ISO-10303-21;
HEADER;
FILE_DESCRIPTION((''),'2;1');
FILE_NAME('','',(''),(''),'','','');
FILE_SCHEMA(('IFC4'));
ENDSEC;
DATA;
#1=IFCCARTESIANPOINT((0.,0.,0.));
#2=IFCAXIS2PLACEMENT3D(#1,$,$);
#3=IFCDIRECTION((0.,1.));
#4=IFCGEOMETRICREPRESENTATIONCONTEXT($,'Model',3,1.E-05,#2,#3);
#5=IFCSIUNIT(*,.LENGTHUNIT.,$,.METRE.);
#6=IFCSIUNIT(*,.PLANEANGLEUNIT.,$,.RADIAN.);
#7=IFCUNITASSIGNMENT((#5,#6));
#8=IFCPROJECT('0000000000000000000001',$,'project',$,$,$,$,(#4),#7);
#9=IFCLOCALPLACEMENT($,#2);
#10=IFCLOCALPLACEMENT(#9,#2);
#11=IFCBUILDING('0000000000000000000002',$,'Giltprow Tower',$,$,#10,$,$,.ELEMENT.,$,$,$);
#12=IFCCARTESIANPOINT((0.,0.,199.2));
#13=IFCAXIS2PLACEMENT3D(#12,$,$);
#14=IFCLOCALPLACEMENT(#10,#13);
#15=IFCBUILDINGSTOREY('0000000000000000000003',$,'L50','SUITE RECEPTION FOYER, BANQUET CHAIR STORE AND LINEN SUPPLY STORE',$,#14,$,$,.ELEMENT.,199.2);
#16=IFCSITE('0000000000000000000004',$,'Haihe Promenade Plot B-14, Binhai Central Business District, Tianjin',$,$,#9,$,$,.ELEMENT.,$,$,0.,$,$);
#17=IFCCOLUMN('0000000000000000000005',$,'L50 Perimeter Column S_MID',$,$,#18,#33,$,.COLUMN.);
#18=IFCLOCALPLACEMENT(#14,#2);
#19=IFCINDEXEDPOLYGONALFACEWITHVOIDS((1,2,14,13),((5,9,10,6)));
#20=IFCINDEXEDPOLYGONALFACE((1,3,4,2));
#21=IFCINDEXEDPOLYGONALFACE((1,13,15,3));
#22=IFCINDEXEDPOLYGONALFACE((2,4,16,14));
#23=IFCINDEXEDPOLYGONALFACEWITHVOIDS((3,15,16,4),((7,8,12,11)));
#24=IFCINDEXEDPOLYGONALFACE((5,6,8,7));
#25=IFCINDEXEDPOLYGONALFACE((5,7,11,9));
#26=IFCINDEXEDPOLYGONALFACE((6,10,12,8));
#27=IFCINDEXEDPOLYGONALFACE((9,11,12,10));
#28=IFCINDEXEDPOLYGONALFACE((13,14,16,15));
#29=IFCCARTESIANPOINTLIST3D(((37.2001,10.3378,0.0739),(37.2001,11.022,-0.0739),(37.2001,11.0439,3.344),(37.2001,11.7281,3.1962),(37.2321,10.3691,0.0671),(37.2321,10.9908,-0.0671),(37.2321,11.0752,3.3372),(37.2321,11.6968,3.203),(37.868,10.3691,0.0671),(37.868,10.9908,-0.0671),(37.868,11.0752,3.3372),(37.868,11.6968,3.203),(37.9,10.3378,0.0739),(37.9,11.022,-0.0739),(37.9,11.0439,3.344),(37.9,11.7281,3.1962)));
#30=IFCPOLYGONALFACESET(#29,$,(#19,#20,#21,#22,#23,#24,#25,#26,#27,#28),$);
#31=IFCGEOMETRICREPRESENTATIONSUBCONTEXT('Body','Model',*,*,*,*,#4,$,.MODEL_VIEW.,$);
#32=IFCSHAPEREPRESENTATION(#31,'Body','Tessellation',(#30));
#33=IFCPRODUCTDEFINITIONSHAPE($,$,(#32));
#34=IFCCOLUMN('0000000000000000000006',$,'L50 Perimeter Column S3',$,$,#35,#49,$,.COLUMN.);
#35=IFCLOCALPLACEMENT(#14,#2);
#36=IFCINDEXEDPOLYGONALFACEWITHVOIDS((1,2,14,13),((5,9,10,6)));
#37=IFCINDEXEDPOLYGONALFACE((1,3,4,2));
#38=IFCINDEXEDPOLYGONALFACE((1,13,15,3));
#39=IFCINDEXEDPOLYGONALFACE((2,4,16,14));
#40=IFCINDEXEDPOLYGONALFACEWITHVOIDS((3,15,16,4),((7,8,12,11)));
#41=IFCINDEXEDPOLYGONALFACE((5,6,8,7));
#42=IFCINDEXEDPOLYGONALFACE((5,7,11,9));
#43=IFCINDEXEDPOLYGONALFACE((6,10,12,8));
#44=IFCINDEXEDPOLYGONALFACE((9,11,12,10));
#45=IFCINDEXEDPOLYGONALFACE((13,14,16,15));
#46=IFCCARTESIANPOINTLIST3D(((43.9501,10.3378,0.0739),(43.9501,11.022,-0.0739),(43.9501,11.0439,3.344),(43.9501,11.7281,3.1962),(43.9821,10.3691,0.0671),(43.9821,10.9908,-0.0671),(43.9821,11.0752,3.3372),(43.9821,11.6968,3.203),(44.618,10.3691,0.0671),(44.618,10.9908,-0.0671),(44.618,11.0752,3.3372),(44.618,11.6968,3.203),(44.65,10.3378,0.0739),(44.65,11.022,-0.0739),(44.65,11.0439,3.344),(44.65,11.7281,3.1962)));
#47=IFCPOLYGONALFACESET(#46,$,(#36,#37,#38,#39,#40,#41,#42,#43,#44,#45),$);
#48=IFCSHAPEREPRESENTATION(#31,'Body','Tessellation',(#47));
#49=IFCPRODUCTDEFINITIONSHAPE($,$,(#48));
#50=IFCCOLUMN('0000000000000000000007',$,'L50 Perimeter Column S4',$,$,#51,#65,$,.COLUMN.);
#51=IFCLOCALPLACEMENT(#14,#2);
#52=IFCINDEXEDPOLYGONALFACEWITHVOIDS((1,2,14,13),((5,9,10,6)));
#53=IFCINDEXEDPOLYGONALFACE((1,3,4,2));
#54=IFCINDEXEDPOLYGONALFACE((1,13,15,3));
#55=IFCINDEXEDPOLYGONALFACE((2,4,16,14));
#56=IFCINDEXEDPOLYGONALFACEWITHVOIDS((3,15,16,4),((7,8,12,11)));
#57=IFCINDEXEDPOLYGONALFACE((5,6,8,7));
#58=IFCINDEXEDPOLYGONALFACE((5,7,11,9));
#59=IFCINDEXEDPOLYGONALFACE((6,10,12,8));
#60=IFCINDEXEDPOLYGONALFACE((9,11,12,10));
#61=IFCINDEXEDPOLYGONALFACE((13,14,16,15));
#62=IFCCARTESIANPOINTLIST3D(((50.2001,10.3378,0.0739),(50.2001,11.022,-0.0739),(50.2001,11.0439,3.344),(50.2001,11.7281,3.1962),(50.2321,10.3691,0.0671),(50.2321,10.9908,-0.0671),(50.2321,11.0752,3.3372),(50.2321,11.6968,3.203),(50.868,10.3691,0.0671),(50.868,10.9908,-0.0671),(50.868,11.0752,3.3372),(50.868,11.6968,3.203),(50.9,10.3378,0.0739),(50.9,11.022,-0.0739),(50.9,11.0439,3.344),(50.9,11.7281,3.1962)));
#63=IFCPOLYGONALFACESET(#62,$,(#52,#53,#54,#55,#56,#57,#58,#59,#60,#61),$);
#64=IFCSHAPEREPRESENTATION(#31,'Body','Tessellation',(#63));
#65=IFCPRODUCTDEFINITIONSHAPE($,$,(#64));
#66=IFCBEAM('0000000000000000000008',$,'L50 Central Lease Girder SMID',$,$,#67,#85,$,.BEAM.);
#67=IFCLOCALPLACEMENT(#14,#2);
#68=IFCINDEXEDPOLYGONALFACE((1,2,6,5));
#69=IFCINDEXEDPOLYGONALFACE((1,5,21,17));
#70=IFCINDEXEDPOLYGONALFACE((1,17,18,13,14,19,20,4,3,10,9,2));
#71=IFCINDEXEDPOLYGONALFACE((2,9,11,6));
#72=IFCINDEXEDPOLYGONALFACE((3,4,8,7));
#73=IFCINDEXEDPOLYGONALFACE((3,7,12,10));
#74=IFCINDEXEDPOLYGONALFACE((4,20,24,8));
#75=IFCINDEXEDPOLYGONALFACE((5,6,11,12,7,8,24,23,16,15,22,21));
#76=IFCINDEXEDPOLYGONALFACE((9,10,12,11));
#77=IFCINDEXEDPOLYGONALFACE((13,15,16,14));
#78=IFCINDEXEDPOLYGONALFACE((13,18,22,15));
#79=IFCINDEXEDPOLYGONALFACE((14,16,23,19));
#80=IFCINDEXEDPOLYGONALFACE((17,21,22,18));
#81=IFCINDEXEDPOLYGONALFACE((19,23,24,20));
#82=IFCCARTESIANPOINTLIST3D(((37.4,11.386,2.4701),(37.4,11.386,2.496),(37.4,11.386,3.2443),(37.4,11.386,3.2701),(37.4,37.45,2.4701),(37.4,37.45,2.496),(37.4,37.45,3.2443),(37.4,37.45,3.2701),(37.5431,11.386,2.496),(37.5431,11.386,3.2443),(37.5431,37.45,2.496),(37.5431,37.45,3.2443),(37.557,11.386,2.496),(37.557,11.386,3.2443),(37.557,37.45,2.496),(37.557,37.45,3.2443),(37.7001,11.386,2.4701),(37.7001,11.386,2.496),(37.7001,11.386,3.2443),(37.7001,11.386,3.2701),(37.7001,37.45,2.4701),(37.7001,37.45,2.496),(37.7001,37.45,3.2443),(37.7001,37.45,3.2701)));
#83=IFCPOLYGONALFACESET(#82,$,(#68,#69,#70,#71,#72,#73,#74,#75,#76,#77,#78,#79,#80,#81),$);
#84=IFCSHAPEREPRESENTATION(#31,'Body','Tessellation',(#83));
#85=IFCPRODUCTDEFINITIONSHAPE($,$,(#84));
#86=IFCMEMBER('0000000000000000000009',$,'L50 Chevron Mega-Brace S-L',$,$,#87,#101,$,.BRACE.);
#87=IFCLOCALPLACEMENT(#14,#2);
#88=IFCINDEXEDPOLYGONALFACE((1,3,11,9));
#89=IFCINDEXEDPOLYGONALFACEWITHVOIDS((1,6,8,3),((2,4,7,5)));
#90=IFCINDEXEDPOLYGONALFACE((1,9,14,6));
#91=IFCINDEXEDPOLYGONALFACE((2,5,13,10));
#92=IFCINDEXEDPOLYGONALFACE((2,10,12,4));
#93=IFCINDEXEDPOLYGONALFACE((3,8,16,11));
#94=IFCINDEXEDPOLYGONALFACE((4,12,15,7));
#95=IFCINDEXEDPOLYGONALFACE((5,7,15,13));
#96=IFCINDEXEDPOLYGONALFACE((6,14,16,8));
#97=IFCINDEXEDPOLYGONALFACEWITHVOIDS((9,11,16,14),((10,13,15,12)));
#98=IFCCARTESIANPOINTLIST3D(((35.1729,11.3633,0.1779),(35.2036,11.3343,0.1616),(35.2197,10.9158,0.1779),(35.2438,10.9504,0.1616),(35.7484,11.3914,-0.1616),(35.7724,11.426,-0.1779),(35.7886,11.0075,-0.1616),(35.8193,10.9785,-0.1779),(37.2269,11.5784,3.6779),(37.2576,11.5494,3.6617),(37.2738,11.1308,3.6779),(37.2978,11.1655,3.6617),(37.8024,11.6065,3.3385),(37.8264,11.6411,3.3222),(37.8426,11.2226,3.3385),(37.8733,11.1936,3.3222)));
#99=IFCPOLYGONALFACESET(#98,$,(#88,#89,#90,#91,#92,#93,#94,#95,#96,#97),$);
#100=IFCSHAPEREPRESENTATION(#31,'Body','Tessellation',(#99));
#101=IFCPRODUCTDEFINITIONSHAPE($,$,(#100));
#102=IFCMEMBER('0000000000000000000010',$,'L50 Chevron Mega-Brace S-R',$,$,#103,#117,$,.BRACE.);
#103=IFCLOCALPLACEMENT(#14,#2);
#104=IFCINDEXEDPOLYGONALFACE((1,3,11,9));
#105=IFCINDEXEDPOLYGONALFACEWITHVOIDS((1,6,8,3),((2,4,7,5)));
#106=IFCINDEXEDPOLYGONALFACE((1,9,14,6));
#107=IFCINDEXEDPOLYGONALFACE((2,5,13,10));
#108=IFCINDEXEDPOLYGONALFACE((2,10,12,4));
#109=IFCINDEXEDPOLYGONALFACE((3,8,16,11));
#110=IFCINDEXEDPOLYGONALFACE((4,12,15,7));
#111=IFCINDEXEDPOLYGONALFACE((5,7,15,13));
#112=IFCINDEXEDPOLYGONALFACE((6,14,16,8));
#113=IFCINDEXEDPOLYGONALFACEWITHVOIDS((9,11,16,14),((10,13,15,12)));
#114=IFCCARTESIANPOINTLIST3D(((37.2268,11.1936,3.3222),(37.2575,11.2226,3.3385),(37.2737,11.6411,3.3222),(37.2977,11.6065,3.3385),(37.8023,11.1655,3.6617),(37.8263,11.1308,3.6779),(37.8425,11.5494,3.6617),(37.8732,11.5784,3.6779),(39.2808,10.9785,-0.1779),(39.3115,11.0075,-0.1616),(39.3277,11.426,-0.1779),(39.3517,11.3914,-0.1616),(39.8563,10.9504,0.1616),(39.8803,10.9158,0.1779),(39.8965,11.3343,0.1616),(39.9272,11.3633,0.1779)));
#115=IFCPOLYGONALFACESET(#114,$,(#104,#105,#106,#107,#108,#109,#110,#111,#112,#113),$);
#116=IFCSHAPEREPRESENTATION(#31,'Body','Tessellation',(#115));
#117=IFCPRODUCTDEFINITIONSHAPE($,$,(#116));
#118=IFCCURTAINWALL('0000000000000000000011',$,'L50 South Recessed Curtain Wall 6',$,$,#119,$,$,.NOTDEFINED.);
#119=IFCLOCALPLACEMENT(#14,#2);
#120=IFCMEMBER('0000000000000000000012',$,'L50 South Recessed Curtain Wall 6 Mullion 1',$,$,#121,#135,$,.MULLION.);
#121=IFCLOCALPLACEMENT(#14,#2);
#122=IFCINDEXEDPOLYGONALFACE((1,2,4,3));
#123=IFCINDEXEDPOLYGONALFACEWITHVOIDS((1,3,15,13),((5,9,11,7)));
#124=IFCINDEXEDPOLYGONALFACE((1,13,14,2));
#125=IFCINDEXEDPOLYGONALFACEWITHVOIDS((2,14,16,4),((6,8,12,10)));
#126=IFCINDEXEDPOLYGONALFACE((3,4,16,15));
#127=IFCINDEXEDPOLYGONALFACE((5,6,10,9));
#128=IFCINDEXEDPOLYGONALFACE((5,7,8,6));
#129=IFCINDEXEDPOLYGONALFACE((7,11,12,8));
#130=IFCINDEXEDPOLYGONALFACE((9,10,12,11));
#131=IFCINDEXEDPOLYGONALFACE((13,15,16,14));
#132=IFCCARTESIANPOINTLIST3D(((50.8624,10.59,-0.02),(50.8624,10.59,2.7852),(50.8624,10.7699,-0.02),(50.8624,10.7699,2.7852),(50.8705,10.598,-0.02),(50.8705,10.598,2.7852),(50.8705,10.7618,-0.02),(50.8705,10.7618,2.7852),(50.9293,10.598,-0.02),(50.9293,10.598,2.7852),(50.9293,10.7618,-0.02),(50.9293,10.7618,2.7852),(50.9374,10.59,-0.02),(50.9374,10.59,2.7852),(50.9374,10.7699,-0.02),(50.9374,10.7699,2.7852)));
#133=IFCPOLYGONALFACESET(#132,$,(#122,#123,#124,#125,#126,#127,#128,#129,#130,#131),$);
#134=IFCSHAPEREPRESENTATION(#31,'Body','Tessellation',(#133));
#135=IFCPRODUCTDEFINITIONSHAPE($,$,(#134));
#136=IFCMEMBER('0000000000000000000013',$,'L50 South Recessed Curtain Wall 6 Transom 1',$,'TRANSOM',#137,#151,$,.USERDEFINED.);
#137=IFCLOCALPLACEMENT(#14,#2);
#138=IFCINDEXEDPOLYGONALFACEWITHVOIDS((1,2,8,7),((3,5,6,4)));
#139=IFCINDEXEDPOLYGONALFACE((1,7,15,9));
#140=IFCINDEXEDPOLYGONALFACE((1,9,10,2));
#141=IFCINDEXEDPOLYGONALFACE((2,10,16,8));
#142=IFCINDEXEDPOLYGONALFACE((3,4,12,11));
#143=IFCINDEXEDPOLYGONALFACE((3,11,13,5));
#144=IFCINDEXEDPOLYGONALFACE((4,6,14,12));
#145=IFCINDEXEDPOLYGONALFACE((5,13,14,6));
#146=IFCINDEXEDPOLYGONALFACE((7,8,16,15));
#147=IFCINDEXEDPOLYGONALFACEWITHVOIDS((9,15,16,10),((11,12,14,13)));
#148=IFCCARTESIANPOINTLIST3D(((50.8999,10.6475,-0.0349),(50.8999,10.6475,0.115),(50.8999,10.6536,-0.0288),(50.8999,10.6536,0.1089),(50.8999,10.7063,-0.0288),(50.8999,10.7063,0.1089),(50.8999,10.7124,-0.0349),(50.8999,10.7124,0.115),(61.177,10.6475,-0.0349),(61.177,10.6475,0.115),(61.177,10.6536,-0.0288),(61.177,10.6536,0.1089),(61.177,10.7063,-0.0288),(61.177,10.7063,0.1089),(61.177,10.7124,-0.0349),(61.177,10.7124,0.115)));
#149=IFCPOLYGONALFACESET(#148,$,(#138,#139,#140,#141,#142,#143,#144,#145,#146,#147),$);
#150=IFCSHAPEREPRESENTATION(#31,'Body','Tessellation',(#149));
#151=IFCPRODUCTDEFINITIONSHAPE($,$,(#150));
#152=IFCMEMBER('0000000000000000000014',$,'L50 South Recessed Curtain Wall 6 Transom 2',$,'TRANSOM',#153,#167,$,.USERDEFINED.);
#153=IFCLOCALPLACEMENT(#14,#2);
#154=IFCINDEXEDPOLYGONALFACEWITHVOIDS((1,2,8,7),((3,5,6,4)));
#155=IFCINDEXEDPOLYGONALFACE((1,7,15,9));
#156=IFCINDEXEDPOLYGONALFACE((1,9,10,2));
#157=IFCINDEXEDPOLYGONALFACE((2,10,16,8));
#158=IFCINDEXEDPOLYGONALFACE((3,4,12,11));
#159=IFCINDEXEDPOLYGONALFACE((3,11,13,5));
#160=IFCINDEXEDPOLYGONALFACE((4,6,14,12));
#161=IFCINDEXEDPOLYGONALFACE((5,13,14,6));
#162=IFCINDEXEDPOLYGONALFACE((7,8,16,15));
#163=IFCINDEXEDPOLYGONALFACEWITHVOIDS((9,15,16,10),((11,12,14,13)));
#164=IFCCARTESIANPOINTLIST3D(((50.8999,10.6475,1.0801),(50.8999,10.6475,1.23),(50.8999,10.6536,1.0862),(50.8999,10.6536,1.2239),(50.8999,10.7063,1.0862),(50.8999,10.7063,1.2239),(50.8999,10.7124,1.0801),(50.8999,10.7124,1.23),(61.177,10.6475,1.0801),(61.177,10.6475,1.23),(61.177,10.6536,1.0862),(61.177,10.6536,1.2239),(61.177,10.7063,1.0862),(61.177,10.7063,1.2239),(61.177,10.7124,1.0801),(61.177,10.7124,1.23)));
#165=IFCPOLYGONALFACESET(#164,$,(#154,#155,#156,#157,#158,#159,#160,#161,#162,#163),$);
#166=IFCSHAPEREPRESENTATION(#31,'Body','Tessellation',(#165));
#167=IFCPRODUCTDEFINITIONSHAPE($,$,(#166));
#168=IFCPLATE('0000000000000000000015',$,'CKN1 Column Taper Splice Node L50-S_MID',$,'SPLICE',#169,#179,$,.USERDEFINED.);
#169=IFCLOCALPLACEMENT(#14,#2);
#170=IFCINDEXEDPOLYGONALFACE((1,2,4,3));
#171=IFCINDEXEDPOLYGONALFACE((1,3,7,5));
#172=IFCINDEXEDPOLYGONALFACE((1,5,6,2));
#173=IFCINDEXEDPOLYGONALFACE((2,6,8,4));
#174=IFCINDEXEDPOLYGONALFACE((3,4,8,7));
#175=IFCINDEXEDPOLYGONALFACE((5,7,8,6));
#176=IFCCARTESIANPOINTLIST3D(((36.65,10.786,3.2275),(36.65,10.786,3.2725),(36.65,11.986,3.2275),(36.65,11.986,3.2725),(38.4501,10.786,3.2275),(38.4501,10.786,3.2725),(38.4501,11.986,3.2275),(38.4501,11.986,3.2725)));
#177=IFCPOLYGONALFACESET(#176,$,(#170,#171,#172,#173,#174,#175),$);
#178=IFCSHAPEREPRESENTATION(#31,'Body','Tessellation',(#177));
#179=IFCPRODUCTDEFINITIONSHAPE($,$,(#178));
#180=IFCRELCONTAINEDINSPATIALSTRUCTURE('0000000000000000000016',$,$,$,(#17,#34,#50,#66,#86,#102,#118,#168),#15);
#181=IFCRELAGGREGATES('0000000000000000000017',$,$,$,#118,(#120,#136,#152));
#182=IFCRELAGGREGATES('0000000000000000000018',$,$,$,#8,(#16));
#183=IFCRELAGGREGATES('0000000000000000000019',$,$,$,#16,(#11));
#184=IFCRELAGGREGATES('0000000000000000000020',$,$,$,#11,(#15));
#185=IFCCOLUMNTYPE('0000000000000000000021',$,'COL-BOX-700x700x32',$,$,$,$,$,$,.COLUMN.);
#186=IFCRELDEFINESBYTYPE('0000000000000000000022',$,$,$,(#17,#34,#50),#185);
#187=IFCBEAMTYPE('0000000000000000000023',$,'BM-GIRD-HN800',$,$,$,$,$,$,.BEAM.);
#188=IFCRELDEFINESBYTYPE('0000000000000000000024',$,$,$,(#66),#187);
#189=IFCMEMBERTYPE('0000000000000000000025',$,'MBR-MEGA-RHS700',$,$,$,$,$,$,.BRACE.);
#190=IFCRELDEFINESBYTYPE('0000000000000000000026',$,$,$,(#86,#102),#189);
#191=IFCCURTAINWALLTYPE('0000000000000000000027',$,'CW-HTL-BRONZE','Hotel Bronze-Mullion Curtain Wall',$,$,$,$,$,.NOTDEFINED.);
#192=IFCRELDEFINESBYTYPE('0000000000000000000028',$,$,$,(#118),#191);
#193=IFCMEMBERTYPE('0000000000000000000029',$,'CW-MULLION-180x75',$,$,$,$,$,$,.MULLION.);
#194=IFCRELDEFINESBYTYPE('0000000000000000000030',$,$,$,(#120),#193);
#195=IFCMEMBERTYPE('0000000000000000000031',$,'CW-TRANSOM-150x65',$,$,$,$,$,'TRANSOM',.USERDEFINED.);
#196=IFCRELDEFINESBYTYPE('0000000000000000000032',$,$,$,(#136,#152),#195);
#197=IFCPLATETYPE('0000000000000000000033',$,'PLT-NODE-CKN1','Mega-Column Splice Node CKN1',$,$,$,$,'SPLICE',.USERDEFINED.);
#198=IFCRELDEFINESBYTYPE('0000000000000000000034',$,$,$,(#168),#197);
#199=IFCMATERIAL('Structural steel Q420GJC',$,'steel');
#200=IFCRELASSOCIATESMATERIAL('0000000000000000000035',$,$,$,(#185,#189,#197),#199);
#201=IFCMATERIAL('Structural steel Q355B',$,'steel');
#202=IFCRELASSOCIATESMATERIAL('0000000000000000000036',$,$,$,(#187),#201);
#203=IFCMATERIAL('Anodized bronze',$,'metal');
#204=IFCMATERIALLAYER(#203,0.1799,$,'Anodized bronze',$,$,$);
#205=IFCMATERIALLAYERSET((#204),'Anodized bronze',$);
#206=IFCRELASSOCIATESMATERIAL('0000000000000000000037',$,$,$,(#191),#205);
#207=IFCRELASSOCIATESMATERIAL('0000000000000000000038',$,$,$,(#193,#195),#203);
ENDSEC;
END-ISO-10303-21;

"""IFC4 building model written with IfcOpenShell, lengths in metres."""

from ifc_helpers import new_model, si_unit, direction, frame, origin, origin_2d, place, context, subcontext, project, spatial, rectangle, hollow_rectangle, i_section, extrude, source, transform, mapped, material, layer, layer_set, material_profile, profile_set, type_object, element, aggregate, save


model = new_model("IFC4")

# Units and contexts
model_context = context("Model", 3, precision=1e-05, world=origin(), true_north=direction((0.0, 1.0)))
body_context = subcontext(model_context, "Body", "Model", "MODEL_VIEW")
ifc_project = project(units=[si_unit("LENGTHUNIT", "METRE"), si_unit("PLANEANGLEUNIT", "RADIAN")], contexts=[model_context])

# Site, building, storey
site_placement = place(None, origin())
site = spatial("IfcSite", under=ifc_project, at=site_placement, Name="Haihe Promenade Plot B-14, Binhai Central Business District, Tianjin", CompositionType="ELEMENT", RefElevation=0.0)
building_placement = place(site_placement, origin())
building = spatial("IfcBuilding", under=site, at=building_placement, Name="Giltprow Tower", CompositionType="ELEMENT")
storey_placement = place(building_placement, frame((0.0, 0.0, 199.2)))
storey = spatial("IfcBuildingStorey", under=building, at=storey_placement, Name="L50", Description="SUITE RECEPTION FOYER, BANQUET CHAIR STORE AND LINEN SUPPLY STORE", CompositionType="ELEMENT", Elevation=199.2)

# Columns
ifc_material_1 = material(Name="Structural steel Q420GJC", Category="steel")
ifc_material_profile_1 = material_profile(ifc_material_1, hollow_rectangle(XDim=0.7, YDim=0.7, WallThickness=0.032, at=origin_2d()), Name="BOX 700x700x32")
ifc_profile_set_1 = profile_set([ifc_material_profile_1], Name="Structural steel Q420GJC")
column_type = type_object("IfcColumnType", Name="COL-BOX-700x700x32", PredefinedType="COLUMN", material=ifc_profile_set_1)
shared_shape_1 = source(origin(), body_context, "Body", "SweptSolid", [
    extrude(hollow_rectangle(XDim=0.7, YDim=0.7, WallThickness=0.032, at=origin_2d()), origin(), (0.0, 0.0, 1.0), 3.3455),
])
for number, where, z_axis, x_axis, name in (
    (1, (37.55, 10.6799, 0.0), (0.0, 0.211054, 0.977474), (-1.0, 0.0, 0.0), "L50 Perimeter Column S_MID"),
    (2, (44.3, 10.6799, 0.0), (0.0, 0.211054, 0.977474), (-1.0, 0.0, 0.0), "L50 Perimeter Column S3"),
    (3, (50.55, 10.6799, 0.0), (0.0, 0.211054, 0.977474), (-1.0, 0.0, 0.0), "L50 Perimeter Column S4"),
):
    element("IfcColumn", number, at=place(storey_placement, frame(where, z_axis=z_axis, x_axis=x_axis)), inside=storey, type_object=column_type, Name=name, PredefinedType="COLUMN", context=body_context, shape_type="MappedRepresentation", body=[
        mapped(shared_shape_1, transform((0.0, 0.0, 0.0), x_axis=(1.0, 0.0, 0.0), y_axis=(0.0, 1.0, 0.0), z_axis=(0.0, 0.0, 1.0), scale=1.0)),
    ])

# Beam
ifc_material_2 = material(Name="Structural steel Q355B", Category="steel")
ifc_material_profile_2 = material_profile(ifc_material_2, i_section(OverallWidth=0.3, OverallDepth=0.8, WebThickness=0.0139, FlangeThickness=0.0259, at=origin_2d()), Name="HN 800x300x14x26")
ifc_profile_set_2 = profile_set([ifc_material_profile_2], Name="Structural steel Q355B")
beam_type = type_object("IfcBeamType", Name="BM-GIRD-HN800", PredefinedType="BEAM", material=ifc_profile_set_2)
shared_shape_2 = source(origin(), body_context, "Body", "SweptSolid", [
    extrude(i_section(OverallWidth=0.3, OverallDepth=0.8, WebThickness=0.0139, FlangeThickness=0.0259, at=origin_2d()), origin(), (0.0, 0.0, 1.0), 26.064),
])
beam_placement = place(storey_placement, frame((37.55, 11.386, 2.8701), z_axis=(0.0, 1.0, 0.0), x_axis=(-1.0, 0.0, 0.0)))
element("IfcBeam", 4, at=beam_placement, inside=storey, type_object=beam_type, Name="L50 Central Lease Girder SMID", PredefinedType="BEAM", context=body_context, shape_type="MappedRepresentation", body=[
    mapped(shared_shape_2, transform((0.0, 0.0, 0.0), x_axis=(1.0, 0.0, 0.0), y_axis=(0.0, 1.0, 0.0), z_axis=(0.0, 0.0, 1.0), scale=1.0)),
])

# Members
ifc_material_profile_3 = material_profile(ifc_material_1, hollow_rectangle(XDim=0.45, YDim=0.7, WallThickness=0.032, at=origin_2d()), Name="RHS 700x450x32")
ifc_profile_set_3 = profile_set([ifc_material_profile_3], Name="Structural steel Q420GJC")
member_type_1 = type_object("IfcMemberType", Name="MBR-MEGA-RHS700", PredefinedType="BRACE", material=ifc_profile_set_3)
shared_shape_3 = source(origin(), body_context, "Body", "SweptSolid", [
    extrude(hollow_rectangle(XDim=0.45, YDim=0.7, WallThickness=0.032, at=origin_2d()), origin(), (0.0, 0.0, 1.0), 4.064),
])
for number, where, z_axis, x_axis, name in (
    (5, (35.4961, 11.1709, 0.0), (0.505419, 0.052927, 0.861249), (-0.104149, 0.994562, 0.0), "L50 Chevron Mega-Brace S-L"),
    (6, (39.604, 11.1709, 0.0), (-0.505419, 0.052927, 0.861249), (-0.104149, -0.994562, 0.0), "L50 Chevron Mega-Brace S-R"),
):
    element("IfcMember", number, at=place(storey_placement, frame(where, z_axis=z_axis, x_axis=x_axis)), inside=storey, type_object=member_type_1, Name=name, PredefinedType="BRACE", context=body_context, shape_type="MappedRepresentation", body=[
        mapped(shared_shape_3, transform((0.0, 0.0, 0.0), x_axis=(1.0, 0.0, 0.0), y_axis=(0.0, 1.0, 0.0), z_axis=(0.0, 0.0, 1.0), scale=1.0)),
    ])

# Curtain wall, members
ifc_material_3 = material(Name="Anodized bronze", Category="metal")
ifc_layer_1 = layer(ifc_material_3, 0.1799, Name="Anodized bronze")
ifc_layer_set_1 = layer_set([ifc_layer_1], Name="Anodized bronze")
curtain_wall_type = type_object("IfcCurtainWallType", Name="CW-HTL-BRONZE", Description="Hotel Bronze-Mullion Curtain Wall", PredefinedType="NOTDEFINED", material=ifc_layer_set_1)
curtain_wall_placement = place(storey_placement, origin())
curtain_wall = element("IfcCurtainWall", 7, at=curtain_wall_placement, inside=storey, type_object=curtain_wall_type, Name="L50 South Recessed Curtain Wall 6", PredefinedType="NOTDEFINED")
ifc_material_profile_4 = material_profile(ifc_material_3, hollow_rectangle(XDim=0.075, YDim=0.1799, WallThickness=0.0081, at=origin_2d()), Name="RHS 180x75x8")
ifc_profile_set_4 = profile_set([ifc_material_profile_4], Name="Anodized bronze")
member_type_2 = type_object("IfcMemberType", Name="CW-MULLION-180x75", PredefinedType="MULLION", material=ifc_profile_set_4)
shared_shape_4 = source(origin(), body_context, "Body", "SweptSolid", [
    extrude(hollow_rectangle(XDim=0.075, YDim=0.1799, WallThickness=0.0081, at=origin_2d()), origin(), (0.0, 0.0, 1.0), 2.8052),
])
member_1_placement = place(storey_placement, frame((50.8999, 10.6799, -0.02), z_axis=(0.0, 0.0, 1.0), x_axis=(1.0, 0.0, 0.0)))
member_1 = element("IfcMember", 8, at=member_1_placement, type_object=member_type_2, Name="L50 South Recessed Curtain Wall 6 Mullion 1", PredefinedType="MULLION", context=body_context, shape_type="MappedRepresentation", body=[
    mapped(shared_shape_4, transform((0.0, 0.0, 0.0), x_axis=(1.0, 0.0, 0.0), y_axis=(0.0, 1.0, 0.0), z_axis=(0.0, 0.0, 1.0), scale=1.0)),
])
ifc_material_profile_5 = material_profile(ifc_material_3, hollow_rectangle(XDim=0.0649, YDim=0.1499, WallThickness=0.0061, at=origin_2d()), Name="RHS 150x65x6")
ifc_profile_set_5 = profile_set([ifc_material_profile_5], Name="Anodized bronze")
member_type_3 = type_object("IfcMemberType", Name="CW-TRANSOM-150x65", ElementType="TRANSOM", PredefinedType="USERDEFINED", material=ifc_profile_set_5)
shared_shape_5 = source(origin(), body_context, "Body", "SweptSolid", [
    extrude(hollow_rectangle(XDim=0.0649, YDim=0.1499, WallThickness=0.0061, at=origin_2d()), origin(), (0.0, 0.0, 1.0), 10.2771),
])
member_2_placement = place(storey_placement, frame((50.8999, 10.6799, 0.04), z_axis=(1.0, 0.0, 0.0), x_axis=(0.0, 1.0, 0.0)))
member_2 = element("IfcMember", 9, at=member_2_placement, type_object=member_type_3, Name="L50 South Recessed Curtain Wall 6 Transom 1", ObjectType="TRANSOM", PredefinedType="USERDEFINED", context=body_context, shape_type="MappedRepresentation", body=[
    mapped(shared_shape_5, transform((0.0, 0.0, 0.0), x_axis=(1.0, 0.0, 0.0), y_axis=(0.0, 1.0, 0.0), z_axis=(0.0, 0.0, 1.0), scale=1.0)),
])
member_3_placement = place(storey_placement, frame((50.8999, 10.6799, 1.155), z_axis=(1.0, 0.0, 0.0), x_axis=(0.0, 1.0, 0.0)))
member_3 = element("IfcMember", 10, at=member_3_placement, type_object=member_type_3, Name="L50 South Recessed Curtain Wall 6 Transom 2", ObjectType="TRANSOM", PredefinedType="USERDEFINED", context=body_context, shape_type="MappedRepresentation", body=[
    mapped(shared_shape_5, transform((0.0, 0.0, 0.0), x_axis=(1.0, 0.0, 0.0), y_axis=(0.0, 1.0, 0.0), z_axis=(0.0, 0.0, 1.0), scale=1.0)),
])
aggregate(curtain_wall, [member_1, member_2, member_3])

# Plate
plate_type = type_object("IfcPlateType", Name="PLT-NODE-CKN1", Description="Mega-Column Splice Node CKN1", ElementType="SPLICE", PredefinedType="USERDEFINED", material=ifc_material_1)
shared_shape_6 = source(origin(), body_context, "Body", "SweptSolid", [
    extrude(rectangle(XDim=1.8, YDim=1.2, at=origin_2d()), origin(), (0.0, 0.0, 1.0), 0.0449),
])
plate_placement = place(storey_placement, frame((37.55, 11.386, 3.2275), z_axis=(0.0, 0.0, 1.0), x_axis=(1.0, 0.0, 0.0)))
element("IfcPlate", 11, at=plate_placement, inside=storey, type_object=plate_type, Name="CKN1 Column Taper Splice Node L50-S_MID", ObjectType="SPLICE", PredefinedType="USERDEFINED", context=body_context, shape_type="MappedRepresentation", body=[
    mapped(shared_shape_6, transform((0.0, 0.0, 0.0), x_axis=(1.0, 0.0, 0.0), y_axis=(0.0, 1.0, 0.0), z_axis=(0.0, 0.0, 1.0), scale=1.0)),
])

save(model, "model.ifc")
